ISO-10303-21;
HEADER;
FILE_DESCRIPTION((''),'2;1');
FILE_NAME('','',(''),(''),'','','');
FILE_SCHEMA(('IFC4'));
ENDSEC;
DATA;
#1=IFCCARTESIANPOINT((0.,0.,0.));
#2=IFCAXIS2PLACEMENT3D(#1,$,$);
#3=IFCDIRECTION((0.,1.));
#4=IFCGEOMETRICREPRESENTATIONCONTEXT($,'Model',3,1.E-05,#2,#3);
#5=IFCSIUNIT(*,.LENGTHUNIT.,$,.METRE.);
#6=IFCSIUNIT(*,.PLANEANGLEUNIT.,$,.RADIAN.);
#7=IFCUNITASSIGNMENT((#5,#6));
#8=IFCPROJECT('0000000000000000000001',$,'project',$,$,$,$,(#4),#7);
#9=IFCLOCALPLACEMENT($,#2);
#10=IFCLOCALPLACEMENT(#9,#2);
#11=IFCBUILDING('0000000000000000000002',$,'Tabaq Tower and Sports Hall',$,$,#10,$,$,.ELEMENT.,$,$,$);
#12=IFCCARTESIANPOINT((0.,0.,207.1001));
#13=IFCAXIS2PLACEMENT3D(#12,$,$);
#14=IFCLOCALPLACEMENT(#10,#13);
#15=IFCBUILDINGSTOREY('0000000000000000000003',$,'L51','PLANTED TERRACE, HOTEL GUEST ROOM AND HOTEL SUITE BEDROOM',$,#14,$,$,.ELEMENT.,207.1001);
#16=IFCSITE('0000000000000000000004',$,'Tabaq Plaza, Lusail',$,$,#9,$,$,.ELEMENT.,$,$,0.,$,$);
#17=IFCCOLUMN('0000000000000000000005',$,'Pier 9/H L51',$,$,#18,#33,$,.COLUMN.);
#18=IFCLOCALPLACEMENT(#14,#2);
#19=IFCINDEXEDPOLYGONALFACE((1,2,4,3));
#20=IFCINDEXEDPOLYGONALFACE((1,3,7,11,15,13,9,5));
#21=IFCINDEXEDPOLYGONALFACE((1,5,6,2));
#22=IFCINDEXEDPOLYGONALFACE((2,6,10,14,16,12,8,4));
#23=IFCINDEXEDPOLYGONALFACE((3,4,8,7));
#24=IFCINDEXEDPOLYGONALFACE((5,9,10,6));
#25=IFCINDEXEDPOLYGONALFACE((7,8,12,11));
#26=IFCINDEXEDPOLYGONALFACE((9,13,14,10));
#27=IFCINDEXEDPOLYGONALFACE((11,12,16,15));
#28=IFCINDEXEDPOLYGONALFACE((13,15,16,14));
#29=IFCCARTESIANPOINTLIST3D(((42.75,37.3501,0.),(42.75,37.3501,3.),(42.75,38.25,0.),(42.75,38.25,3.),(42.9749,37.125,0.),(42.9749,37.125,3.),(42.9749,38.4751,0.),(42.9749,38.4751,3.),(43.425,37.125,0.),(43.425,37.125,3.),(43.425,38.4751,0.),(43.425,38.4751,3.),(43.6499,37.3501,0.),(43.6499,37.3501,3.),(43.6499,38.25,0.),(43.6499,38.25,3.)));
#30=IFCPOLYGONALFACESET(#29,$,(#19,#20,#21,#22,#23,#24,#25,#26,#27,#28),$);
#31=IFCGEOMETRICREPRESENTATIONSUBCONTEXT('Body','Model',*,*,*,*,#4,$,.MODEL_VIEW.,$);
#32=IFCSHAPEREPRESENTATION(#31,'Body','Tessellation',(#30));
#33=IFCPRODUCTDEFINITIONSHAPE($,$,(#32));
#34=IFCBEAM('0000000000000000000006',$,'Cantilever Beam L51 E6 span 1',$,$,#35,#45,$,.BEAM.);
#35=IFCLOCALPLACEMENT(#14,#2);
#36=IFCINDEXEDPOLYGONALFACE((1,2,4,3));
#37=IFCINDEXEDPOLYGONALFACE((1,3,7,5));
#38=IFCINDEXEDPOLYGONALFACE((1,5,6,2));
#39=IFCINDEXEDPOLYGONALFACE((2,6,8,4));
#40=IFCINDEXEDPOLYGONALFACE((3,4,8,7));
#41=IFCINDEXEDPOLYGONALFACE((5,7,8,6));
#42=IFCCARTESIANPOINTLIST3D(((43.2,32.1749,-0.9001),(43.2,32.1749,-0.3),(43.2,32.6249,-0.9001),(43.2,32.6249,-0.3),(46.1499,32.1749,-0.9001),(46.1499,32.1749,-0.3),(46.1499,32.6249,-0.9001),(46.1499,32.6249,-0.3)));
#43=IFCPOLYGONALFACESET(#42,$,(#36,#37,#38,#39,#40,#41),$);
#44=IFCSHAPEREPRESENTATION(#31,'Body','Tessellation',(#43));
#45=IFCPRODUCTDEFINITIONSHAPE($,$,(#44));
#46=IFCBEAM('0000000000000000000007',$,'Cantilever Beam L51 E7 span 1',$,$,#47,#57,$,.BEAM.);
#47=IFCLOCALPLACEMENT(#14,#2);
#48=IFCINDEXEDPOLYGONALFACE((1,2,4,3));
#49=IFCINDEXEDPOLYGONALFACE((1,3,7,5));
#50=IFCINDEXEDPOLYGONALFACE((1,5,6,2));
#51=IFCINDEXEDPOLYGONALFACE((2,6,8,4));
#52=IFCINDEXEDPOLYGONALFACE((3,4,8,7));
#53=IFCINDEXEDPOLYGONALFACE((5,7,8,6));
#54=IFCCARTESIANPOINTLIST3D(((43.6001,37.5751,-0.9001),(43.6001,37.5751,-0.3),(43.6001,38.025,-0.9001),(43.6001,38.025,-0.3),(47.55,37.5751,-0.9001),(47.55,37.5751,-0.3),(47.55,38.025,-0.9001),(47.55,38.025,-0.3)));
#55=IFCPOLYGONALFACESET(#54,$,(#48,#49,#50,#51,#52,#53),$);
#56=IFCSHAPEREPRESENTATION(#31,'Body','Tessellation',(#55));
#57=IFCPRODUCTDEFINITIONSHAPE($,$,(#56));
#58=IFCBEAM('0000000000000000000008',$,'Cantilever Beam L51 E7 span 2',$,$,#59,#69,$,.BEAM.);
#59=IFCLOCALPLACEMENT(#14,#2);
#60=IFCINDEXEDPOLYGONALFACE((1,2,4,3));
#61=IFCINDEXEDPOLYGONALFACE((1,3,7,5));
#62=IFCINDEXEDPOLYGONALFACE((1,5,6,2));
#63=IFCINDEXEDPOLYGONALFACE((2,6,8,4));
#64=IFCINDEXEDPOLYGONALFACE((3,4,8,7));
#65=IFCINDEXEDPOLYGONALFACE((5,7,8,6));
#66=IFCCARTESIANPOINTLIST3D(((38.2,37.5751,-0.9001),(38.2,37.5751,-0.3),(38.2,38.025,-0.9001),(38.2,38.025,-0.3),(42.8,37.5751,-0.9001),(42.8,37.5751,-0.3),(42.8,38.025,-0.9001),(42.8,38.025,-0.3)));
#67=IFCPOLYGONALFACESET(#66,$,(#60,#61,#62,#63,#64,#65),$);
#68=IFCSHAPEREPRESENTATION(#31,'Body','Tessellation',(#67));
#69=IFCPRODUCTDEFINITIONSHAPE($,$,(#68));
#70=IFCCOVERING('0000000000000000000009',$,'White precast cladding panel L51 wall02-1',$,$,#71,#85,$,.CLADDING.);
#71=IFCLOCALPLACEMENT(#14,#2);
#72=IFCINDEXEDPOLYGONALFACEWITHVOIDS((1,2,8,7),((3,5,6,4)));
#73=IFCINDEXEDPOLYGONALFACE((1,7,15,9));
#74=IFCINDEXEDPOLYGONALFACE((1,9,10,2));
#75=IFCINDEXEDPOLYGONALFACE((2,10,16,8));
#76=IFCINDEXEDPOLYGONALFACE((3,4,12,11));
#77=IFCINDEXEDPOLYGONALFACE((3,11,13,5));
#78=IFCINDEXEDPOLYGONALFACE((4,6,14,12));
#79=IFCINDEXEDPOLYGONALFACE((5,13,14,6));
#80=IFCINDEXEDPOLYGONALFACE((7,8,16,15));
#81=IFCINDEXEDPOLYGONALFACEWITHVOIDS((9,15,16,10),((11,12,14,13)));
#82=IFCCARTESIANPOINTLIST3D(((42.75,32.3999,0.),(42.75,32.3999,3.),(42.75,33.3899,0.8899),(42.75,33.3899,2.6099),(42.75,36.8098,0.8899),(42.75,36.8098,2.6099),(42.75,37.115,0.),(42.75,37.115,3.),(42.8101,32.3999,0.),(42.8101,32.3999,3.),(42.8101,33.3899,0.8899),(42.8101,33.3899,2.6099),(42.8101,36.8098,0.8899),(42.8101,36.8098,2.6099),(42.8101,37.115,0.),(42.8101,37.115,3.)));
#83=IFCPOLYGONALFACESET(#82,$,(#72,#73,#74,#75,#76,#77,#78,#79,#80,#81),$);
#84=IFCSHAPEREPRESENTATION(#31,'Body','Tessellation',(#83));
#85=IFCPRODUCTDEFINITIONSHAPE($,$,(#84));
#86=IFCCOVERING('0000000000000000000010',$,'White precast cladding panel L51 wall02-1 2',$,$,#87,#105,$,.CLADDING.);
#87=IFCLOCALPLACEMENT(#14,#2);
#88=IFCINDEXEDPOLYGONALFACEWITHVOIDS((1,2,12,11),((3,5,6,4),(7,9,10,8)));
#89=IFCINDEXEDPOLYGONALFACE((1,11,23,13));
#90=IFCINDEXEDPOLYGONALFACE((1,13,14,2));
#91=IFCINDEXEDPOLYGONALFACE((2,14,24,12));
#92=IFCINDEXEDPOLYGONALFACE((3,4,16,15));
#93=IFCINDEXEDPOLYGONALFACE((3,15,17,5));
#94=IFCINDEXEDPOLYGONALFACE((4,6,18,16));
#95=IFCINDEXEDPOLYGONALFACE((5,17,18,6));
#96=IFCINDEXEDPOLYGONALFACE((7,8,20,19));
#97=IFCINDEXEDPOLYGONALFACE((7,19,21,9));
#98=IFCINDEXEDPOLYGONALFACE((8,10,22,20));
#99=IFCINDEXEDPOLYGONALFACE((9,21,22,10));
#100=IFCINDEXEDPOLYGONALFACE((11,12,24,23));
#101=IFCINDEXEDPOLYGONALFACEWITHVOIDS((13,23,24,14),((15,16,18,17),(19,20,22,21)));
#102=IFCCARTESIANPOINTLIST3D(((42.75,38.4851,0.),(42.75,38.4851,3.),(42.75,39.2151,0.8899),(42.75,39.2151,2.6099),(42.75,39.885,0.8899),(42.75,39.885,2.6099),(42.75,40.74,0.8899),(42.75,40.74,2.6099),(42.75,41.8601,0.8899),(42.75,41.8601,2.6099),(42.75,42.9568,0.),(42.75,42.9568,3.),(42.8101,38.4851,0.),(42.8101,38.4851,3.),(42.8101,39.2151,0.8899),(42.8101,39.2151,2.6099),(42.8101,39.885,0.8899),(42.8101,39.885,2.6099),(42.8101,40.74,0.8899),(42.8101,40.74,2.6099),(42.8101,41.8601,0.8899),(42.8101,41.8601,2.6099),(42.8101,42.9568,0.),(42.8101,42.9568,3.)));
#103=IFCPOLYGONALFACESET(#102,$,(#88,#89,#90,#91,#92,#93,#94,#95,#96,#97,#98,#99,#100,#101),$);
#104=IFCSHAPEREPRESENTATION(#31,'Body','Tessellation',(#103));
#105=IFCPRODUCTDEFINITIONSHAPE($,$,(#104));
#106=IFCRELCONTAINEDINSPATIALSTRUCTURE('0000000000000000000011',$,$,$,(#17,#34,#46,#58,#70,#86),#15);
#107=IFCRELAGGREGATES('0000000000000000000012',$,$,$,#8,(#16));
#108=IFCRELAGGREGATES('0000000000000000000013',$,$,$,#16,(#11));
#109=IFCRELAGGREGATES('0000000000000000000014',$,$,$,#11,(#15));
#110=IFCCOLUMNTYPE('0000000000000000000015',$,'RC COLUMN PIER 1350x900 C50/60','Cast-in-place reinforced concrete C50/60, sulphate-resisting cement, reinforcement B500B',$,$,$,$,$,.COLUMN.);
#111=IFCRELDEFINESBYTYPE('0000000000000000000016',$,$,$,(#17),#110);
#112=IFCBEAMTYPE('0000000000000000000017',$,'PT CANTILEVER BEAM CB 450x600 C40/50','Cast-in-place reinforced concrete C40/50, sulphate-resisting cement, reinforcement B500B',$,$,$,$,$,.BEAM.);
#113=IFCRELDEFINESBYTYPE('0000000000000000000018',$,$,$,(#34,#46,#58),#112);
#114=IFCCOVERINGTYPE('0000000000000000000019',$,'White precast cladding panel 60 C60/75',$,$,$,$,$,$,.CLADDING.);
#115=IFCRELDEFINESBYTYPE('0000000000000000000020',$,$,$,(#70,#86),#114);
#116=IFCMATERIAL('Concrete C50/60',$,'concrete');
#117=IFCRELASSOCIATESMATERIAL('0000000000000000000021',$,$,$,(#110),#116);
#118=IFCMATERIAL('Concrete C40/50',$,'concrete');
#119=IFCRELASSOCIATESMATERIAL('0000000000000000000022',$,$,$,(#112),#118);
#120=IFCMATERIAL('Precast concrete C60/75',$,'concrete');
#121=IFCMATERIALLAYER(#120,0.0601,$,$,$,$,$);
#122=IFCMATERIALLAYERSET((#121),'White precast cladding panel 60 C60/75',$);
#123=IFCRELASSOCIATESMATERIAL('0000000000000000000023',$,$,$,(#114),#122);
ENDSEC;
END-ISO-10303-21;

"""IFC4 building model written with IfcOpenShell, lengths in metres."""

from ifc_helpers import new_model, si_unit, direction, frame, origin, origin_2d, place, context, subcontext, project, spatial, polyline, rectangle, outline, extrude, material, layer, layer_set, material_profile, profile_set, type_object, element, save


model = new_model("IFC4")

# Units and contexts
model_context = context("Model", 3, precision=1e-05, world=origin(), true_north=direction((0.0, 1.0)))
body_context = subcontext(model_context, "Body", "Model", "MODEL_VIEW")
ifc_project = project(units=[si_unit("LENGTHUNIT", "METRE"), si_unit("PLANEANGLEUNIT", "RADIAN")], contexts=[model_context])

# Site, building, storey
site_placement = place(None, origin())
site = spatial("IfcSite", under=ifc_project, at=site_placement, Name="Tabaq Plaza, Lusail", CompositionType="ELEMENT", RefElevation=0.0)
building_placement = place(site_placement, origin())
building = spatial("IfcBuilding", under=site, at=building_placement, Name="Tabaq Tower and Sports Hall", CompositionType="ELEMENT")
storey_placement = place(building_placement, frame((0.0, 0.0, 207.1001)))
storey = spatial("IfcBuildingStorey", under=building, at=storey_placement, Name="L51", Description="PLANTED TERRACE, HOTEL GUEST ROOM AND HOTEL SUITE BEDROOM", CompositionType="ELEMENT", Elevation=207.1001)

# Column
ifc_material_1 = material(Name="Concrete C50/60", Category="concrete")
ifc_material_profile_1 = material_profile(ifc_material_1, outline(polyline([(-0.45, -0.45), (0.45, -0.45), (0.675, -0.2251), (0.675, 0.2251), (0.45, 0.45), (-0.45, 0.45), (-0.675, 0.2251), (-0.675, -0.2251), (-0.45, -0.45)])), Name="PIER 1350x900")
ifc_profile_set_1 = profile_set([ifc_material_profile_1], Name="Concrete C50/60")
column_type = type_object("IfcColumnType", Name="RC COLUMN PIER 1350x900 C50/60", Description="Cast-in-place reinforced concrete C50/60, sulphate-resisting cement, reinforcement B500B", PredefinedType="COLUMN", material=ifc_profile_set_1)
column_placement = place(storey_placement, frame((43.2, 37.8, 0.0), z_axis=(0.0, 0.0, 1.0), x_axis=(0.0, 1.0, 0.0)))
element("IfcColumn", 1, at=column_placement, inside=storey, type_object=column_type, Name="Pier 9/H L51", PredefinedType="COLUMN", context=body_context, shape_type="SweptSolid", body=[
    extrude(outline(polyline([(-0.45, -0.45), (0.45, -0.45), (0.675, -0.2251), (0.675, 0.2251), (0.45, 0.45), (-0.45, 0.45), (-0.675, 0.2251), (-0.675, -0.2251), (-0.45, -0.45)])), origin(), (0.0, 0.0, 1.0), 3.0),
])

# Beams
ifc_material_2 = material(Name="Concrete C40/50", Category="concrete")
ifc_material_profile_2 = material_profile(ifc_material_2, rectangle(XDim=0.45, YDim=0.6001, at=origin_2d()), Name="CB 450x600")
ifc_profile_set_2 = profile_set([ifc_material_profile_2], Name="Concrete C40/50")
beam_type = type_object("IfcBeamType", Name="PT CANTILEVER BEAM CB 450x600 C40/50", Description="Cast-in-place reinforced concrete C40/50, sulphate-resisting cement, reinforcement B500B", PredefinedType="BEAM", material=ifc_profile_set_2)
beam_1_placement = place(storey_placement, frame((46.1499, 32.3999, -0.6001), z_axis=(-1.0, 0.0, 0.0), x_axis=(0.0, -1.0, 0.0)))
element("IfcBeam", 2, at=beam_1_placement, inside=storey, type_object=beam_type, Name="Cantilever Beam L51 E6 span 1", PredefinedType="BEAM", context=body_context, shape_type="SweptSolid", body=[
    extrude(rectangle(XDim=0.45, YDim=0.6001, at=origin_2d()), origin(), (0.0, 0.0, 1.0), 2.95),
])
beam_2_placement = place(storey_placement, frame((47.55, 37.8, -0.6001), z_axis=(-1.0, 0.0, 0.0), x_axis=(0.0, -1.0, 0.0)))
element("IfcBeam", 3, at=beam_2_placement, inside=storey, type_object=beam_type, Name="Cantilever Beam L51 E7 span 1", PredefinedType="BEAM", context=body_context, shape_type="SweptSolid", body=[
    extrude(rectangle(XDim=0.45, YDim=0.6001, at=origin_2d()), origin(), (0.0, 0.0, 1.0), 3.95),
])
beam_3_placement = place(storey_placement, frame((42.8, 37.8, -0.6001), z_axis=(-1.0, 0.0, 0.0), x_axis=(0.0, -1.0, 0.0)))
element("IfcBeam", 4, at=beam_3_placement, inside=storey, type_object=beam_type, Name="Cantilever Beam L51 E7 span 2", PredefinedType="BEAM", context=body_context, shape_type="SweptSolid", body=[
    extrude(rectangle(XDim=0.45, YDim=0.6001, at=origin_2d()), origin(), (0.0, 0.0, 1.0), 4.6001),
])

# Coverings
ifc_material_3 = material(Name="Precast concrete C60/75", Category="concrete")
ifc_layer = layer(ifc_material_3, 0.0601)
ifc_layer_set = layer_set([ifc_layer], Name="White precast cladding panel 60 C60/75")
covering_type = type_object("IfcCoveringType", Name="White precast cladding panel 60 C60/75", PredefinedType="CLADDING", material=ifc_layer_set)
covering_1_placement = place(storey_placement, frame((42.78, 32.3999, 0.0), z_axis=(0.0, 0.0, 1.0), x_axis=(0.0, 1.0, 0.0)))
element("IfcCovering", 5, at=covering_1_placement, inside=storey, type_object=covering_type, Name="White precast cladding panel L51 wall02-1", PredefinedType="CLADDING", context=body_context, shape_type="SweptSolid", body=[
    extrude(outline(polyline([(0.0, 0.0), (4.7151, 0.0), (4.7151, 3.0), (0.0, 3.0), (0.0, 0.0)]), holes=[polyline([(0.99, 0.8899), (0.99, 2.6099), (4.4099, 2.6099), (4.4099, 0.8899), (0.99, 0.8899)])]), frame((0.0, 0.03, 0.0), z_axis=(0.0, -1.0, 0.0), x_axis=(1.0, 0.0, 0.0)), (0.0, 0.0, 1.0), 0.0601),
])
covering_2_placement = place(storey_placement, frame((42.78, 38.4851, 0.0), z_axis=(0.0, 0.0, 1.0), x_axis=(0.0, 1.0, 0.0)))
element("IfcCovering", 6, at=covering_2_placement, inside=storey, type_object=covering_type, Name="White precast cladding panel L51 wall02-1 2", PredefinedType="CLADDING", context=body_context, shape_type="SweptSolid", body=[
    extrude(outline(polyline([(0.0, 0.0), (4.4717, 0.0), (4.4717, 3.0), (0.0, 3.0), (0.0, 0.0)]), holes=[polyline([(0.73, 2.6099), (1.3999, 2.6099), (1.3999, 0.8899), (0.73, 0.8899), (0.73, 2.6099)]), polyline([(2.2549, 2.6099), (3.375, 2.6099), (3.375, 0.8899), (2.2549, 0.8899), (2.2549, 2.6099)])]), frame((0.0, 0.03, 0.0), z_axis=(0.0, -1.0, 0.0), x_axis=(1.0, 0.0, 0.0)), (0.0, 0.0, 1.0), 0.0601),
])

save(model, "model.ifc")
